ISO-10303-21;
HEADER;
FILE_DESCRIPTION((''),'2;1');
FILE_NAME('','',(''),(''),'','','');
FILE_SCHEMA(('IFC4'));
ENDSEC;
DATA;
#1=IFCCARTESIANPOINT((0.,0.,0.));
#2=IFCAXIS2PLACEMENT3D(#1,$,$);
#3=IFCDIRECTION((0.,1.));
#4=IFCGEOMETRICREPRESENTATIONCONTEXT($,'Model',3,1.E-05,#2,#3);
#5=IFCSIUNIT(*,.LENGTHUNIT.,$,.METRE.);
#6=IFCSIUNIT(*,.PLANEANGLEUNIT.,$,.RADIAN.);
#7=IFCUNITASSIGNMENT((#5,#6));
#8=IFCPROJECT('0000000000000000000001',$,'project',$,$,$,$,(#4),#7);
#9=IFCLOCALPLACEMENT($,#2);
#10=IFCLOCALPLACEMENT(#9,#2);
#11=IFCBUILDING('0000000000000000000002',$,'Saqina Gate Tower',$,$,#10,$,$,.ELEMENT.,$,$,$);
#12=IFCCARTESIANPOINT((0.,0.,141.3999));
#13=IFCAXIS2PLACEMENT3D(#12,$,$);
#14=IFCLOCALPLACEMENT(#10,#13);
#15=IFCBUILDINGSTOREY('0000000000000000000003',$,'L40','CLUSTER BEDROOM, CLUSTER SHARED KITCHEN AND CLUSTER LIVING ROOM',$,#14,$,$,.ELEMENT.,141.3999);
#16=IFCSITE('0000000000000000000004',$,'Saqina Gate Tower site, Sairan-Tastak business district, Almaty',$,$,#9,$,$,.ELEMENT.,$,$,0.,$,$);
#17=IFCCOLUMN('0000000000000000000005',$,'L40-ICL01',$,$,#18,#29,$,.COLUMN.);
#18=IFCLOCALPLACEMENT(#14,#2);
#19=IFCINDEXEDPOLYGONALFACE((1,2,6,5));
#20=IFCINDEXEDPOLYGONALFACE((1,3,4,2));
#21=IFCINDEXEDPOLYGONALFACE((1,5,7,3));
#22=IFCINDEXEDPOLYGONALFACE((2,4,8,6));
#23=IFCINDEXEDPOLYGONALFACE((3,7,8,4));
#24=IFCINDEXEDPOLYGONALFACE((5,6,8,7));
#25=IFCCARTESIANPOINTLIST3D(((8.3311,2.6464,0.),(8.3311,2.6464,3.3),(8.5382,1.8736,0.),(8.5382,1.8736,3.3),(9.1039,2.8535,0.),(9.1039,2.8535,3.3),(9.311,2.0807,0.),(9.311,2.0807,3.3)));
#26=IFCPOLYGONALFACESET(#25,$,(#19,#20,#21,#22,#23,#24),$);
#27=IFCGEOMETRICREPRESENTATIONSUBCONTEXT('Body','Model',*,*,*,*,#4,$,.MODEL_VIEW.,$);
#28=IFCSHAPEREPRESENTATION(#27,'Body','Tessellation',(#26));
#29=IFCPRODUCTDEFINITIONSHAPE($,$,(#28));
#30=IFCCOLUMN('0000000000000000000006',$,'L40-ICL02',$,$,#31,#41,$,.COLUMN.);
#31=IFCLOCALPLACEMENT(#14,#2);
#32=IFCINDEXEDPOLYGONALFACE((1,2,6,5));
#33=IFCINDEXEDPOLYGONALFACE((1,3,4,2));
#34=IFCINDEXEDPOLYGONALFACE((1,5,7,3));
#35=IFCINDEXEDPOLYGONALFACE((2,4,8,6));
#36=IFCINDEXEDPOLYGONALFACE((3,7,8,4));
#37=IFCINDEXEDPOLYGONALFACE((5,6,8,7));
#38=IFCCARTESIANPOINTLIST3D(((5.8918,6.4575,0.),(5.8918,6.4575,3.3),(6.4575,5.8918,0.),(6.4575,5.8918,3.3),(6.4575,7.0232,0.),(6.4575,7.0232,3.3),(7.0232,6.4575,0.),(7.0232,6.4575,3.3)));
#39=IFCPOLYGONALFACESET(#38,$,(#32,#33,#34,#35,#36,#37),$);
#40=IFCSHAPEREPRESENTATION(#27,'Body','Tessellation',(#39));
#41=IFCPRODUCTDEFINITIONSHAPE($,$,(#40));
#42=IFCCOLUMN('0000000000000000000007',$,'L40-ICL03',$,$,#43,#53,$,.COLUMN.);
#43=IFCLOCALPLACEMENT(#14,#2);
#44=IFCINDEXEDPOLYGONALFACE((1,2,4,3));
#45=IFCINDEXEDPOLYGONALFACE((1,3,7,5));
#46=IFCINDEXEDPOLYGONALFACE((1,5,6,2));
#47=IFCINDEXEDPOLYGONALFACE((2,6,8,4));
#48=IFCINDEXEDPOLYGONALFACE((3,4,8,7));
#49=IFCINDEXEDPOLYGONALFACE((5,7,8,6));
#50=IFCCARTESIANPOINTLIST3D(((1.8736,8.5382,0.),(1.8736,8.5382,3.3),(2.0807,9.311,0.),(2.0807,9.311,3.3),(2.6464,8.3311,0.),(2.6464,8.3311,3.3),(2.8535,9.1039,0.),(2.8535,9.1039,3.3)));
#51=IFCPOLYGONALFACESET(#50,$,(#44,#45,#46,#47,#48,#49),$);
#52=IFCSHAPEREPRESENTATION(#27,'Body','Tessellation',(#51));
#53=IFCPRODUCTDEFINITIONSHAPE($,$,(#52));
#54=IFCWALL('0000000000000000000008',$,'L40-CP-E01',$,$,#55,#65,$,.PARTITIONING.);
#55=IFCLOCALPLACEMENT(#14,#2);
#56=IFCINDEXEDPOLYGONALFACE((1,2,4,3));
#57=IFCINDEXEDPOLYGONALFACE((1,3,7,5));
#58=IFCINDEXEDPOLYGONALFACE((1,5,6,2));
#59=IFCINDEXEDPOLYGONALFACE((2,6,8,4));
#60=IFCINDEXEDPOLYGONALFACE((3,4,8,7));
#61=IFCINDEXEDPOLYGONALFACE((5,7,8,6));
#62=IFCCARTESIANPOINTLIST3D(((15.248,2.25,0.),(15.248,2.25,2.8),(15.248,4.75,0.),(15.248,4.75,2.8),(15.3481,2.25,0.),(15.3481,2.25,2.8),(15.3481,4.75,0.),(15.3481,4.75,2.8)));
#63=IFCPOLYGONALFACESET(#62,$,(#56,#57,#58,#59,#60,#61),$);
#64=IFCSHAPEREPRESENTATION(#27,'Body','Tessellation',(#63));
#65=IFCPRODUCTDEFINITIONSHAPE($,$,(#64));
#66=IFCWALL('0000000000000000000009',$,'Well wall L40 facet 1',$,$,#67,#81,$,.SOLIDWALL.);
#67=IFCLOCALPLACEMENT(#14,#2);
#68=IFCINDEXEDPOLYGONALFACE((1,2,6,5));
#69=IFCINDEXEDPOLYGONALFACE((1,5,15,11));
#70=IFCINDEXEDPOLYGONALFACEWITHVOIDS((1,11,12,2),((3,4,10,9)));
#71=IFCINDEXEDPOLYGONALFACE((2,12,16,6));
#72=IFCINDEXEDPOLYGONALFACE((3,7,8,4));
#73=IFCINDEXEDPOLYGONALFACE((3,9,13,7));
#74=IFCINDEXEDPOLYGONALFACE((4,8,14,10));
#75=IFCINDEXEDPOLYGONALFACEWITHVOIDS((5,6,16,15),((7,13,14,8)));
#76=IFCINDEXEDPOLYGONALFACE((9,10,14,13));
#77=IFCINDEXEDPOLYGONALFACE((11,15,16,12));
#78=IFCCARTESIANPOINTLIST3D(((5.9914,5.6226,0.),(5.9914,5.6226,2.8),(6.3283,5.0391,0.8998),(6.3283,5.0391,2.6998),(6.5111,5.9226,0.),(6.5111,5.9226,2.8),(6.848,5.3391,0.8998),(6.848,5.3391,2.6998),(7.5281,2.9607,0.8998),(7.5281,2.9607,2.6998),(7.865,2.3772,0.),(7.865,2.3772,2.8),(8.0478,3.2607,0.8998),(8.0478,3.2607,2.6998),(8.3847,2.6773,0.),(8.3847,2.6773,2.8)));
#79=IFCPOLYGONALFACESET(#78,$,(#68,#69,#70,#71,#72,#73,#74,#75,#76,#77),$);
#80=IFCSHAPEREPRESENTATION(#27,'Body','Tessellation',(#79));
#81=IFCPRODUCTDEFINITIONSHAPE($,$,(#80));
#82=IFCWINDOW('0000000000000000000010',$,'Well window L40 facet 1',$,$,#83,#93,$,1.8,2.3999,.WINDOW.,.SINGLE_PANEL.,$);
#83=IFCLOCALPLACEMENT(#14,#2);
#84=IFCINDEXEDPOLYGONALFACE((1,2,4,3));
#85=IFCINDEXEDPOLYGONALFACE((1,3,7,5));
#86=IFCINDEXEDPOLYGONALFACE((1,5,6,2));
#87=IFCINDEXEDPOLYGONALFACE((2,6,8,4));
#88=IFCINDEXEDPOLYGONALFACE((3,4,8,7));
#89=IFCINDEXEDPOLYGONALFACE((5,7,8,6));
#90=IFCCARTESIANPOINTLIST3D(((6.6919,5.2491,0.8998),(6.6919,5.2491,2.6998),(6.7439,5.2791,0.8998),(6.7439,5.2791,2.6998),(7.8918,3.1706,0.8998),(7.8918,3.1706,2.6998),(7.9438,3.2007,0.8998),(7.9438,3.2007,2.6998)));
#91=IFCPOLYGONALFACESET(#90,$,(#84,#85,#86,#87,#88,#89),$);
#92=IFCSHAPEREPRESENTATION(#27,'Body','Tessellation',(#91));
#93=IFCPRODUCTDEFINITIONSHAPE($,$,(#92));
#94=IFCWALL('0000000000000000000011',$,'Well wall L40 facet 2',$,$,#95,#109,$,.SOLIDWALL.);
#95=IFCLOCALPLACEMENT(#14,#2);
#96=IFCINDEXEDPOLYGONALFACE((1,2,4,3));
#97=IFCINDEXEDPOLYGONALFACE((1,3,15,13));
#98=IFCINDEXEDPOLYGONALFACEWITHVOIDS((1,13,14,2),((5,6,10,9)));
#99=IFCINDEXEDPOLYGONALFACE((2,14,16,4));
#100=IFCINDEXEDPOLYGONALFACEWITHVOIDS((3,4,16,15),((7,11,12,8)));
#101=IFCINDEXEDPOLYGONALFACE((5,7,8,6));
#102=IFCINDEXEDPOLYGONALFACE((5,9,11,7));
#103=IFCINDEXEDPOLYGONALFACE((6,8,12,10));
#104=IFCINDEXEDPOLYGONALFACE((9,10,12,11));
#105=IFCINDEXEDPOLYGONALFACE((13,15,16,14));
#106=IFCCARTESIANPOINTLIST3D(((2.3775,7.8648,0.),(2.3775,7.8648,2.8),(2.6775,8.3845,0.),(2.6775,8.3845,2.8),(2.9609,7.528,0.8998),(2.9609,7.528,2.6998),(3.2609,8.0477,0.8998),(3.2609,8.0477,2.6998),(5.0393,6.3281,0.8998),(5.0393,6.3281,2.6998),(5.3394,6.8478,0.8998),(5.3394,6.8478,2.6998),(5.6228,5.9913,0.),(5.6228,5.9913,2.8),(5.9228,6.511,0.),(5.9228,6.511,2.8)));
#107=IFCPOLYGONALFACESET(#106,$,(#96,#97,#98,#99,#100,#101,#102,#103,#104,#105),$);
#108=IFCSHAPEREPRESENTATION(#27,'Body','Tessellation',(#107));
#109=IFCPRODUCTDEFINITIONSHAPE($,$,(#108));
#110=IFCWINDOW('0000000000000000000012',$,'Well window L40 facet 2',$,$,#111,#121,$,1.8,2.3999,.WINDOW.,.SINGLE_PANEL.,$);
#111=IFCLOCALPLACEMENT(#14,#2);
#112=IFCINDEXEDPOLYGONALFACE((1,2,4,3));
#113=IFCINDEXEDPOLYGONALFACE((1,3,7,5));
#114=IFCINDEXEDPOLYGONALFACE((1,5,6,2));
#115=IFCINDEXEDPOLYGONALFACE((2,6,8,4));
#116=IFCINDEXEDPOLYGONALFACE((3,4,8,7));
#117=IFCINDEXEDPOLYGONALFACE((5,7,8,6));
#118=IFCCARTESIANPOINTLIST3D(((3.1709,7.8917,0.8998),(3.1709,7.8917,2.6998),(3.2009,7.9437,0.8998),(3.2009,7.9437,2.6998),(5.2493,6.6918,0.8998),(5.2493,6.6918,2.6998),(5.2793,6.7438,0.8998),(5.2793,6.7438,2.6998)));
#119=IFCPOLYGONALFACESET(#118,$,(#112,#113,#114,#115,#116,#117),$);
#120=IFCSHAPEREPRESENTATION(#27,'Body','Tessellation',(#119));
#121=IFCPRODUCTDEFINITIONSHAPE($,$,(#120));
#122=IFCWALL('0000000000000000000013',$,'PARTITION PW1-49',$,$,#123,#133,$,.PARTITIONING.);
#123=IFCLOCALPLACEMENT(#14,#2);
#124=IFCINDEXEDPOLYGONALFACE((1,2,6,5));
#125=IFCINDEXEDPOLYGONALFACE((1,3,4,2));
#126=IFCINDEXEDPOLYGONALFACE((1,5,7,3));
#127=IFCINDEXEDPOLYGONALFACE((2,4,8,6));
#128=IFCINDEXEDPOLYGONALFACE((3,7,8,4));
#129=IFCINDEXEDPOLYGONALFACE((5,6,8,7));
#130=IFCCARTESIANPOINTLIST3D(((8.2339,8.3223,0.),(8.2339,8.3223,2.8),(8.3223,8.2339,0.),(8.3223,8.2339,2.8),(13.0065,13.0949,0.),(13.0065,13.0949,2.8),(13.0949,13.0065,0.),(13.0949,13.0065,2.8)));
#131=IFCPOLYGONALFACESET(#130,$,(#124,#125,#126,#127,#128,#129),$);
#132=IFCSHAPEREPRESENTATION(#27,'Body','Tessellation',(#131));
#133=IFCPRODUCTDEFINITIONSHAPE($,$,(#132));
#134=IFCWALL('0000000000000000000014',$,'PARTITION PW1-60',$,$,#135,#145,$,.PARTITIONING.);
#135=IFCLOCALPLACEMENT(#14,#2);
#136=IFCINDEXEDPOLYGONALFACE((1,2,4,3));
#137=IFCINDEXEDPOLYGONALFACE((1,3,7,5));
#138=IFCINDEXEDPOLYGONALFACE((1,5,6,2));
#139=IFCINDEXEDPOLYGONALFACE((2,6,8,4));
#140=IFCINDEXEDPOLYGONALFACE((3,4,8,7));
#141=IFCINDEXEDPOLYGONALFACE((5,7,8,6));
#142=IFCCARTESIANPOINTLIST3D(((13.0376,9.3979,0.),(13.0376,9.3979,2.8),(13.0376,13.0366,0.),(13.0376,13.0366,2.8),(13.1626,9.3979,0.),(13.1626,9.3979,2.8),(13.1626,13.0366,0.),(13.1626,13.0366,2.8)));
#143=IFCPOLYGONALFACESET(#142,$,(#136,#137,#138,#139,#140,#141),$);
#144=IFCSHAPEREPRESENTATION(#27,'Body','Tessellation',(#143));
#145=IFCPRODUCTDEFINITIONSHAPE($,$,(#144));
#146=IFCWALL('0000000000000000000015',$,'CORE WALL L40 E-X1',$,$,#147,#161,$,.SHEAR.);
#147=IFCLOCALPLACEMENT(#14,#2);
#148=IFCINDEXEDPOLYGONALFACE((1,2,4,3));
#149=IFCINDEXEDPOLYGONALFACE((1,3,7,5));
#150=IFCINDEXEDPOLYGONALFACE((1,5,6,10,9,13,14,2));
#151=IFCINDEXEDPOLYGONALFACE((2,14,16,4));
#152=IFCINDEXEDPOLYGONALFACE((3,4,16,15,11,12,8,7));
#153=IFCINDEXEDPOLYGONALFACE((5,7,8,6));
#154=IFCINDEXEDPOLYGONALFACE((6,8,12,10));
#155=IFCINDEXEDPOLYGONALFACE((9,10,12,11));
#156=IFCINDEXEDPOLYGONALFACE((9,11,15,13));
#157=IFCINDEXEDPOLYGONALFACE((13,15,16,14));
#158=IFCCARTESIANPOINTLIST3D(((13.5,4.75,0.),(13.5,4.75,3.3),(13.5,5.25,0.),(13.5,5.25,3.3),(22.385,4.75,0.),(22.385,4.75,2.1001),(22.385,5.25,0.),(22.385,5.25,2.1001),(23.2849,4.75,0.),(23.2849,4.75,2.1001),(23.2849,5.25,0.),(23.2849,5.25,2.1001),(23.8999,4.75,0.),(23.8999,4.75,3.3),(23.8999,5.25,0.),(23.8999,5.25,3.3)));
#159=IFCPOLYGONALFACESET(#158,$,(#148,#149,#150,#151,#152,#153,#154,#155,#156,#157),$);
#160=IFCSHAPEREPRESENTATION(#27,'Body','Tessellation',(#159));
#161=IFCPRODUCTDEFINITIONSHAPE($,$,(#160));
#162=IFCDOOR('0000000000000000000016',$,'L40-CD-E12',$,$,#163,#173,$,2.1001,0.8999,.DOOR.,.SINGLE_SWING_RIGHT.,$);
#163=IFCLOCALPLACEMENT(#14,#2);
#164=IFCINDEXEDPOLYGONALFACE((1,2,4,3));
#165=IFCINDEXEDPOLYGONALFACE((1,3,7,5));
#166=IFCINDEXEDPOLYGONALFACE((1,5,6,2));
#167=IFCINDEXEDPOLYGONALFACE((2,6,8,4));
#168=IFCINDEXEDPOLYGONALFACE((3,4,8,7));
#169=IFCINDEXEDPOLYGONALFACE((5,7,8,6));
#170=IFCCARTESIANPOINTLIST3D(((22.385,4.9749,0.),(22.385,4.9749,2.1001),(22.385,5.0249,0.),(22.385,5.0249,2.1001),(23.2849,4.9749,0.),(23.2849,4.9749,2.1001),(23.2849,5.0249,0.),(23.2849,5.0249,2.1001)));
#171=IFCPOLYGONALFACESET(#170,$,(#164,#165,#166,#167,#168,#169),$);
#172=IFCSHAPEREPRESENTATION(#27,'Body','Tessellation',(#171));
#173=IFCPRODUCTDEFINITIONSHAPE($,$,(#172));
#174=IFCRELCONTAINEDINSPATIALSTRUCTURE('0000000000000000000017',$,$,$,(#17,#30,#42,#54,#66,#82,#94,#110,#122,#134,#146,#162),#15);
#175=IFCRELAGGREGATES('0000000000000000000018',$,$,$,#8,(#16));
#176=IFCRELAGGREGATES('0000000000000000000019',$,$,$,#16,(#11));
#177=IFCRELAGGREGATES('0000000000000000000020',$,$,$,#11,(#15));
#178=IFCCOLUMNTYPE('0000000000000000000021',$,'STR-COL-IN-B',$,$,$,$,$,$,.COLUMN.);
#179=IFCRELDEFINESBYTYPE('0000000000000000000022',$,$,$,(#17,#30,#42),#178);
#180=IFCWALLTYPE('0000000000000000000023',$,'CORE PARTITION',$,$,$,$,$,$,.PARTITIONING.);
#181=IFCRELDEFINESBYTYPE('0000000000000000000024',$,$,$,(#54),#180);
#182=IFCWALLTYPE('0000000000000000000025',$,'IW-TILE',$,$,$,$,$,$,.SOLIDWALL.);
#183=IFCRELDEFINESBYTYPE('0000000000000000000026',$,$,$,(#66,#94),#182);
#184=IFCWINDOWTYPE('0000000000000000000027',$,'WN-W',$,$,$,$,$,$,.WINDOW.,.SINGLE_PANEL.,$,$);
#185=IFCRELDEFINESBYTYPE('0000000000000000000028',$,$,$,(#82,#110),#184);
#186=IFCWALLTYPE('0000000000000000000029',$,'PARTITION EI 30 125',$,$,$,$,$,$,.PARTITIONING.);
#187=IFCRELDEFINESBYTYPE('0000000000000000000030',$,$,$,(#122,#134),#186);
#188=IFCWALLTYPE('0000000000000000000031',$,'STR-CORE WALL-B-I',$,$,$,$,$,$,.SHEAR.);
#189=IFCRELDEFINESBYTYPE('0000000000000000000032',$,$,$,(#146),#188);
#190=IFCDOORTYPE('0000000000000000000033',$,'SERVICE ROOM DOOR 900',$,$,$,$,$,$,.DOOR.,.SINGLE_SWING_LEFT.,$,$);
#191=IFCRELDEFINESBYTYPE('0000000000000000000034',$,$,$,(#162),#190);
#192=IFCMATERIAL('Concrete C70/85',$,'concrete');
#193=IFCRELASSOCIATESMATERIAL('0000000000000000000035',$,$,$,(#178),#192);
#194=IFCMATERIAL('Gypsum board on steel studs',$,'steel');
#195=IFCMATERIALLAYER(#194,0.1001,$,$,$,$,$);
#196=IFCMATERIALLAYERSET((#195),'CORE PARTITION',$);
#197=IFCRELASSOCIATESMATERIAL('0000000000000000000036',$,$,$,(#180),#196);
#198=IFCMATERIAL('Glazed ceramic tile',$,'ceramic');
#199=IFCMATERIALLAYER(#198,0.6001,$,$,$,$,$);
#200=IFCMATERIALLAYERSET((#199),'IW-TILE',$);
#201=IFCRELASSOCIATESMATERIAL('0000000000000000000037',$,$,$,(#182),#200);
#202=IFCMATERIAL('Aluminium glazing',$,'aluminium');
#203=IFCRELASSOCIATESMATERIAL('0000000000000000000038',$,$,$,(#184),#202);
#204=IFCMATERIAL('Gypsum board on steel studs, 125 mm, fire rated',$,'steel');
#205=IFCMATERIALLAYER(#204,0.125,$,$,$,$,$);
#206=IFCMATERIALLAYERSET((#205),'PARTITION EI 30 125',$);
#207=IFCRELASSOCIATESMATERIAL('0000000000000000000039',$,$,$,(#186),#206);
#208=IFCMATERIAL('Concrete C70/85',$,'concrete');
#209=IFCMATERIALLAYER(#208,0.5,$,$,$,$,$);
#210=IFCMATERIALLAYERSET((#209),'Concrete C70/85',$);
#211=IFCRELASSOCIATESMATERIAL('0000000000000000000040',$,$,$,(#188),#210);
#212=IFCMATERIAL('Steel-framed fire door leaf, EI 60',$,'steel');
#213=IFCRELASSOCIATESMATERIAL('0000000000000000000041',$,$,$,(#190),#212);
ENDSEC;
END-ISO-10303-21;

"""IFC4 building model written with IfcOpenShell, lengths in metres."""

from ifc_helpers import new_model, si_unit, direction, frame, frame_2d, origin, origin_2d, place, context, subcontext, project, spatial, rectangle, extrude, material, layer, layer_set, material_profile, profile_set, type_object, element, fill, save


model = new_model("IFC4")

# Units and contexts
model_context = context("Model", 3, precision=1e-05, world=origin(), true_north=direction((0.0, 1.0)))
body_context = subcontext(model_context, "Body", "Model", "MODEL_VIEW")
ifc_project = project(units=[si_unit("LENGTHUNIT", "METRE"), si_unit("PLANEANGLEUNIT", "RADIAN")], contexts=[model_context])

# Site, building, storey
site_placement = place(None, origin())
site = spatial("IfcSite", under=ifc_project, at=site_placement, Name="Saqina Gate Tower site, Sairan-Tastak business district, Almaty", CompositionType="ELEMENT", RefElevation=0.0)
building_placement = place(site_placement, origin())
building = spatial("IfcBuilding", under=site, at=building_placement, Name="Saqina Gate Tower", CompositionType="ELEMENT")
storey_placement = place(building_placement, frame((0.0, 0.0, 141.3999)))
storey = spatial("IfcBuildingStorey", under=building, at=storey_placement, Name="L40", Description="CLUSTER BEDROOM, CLUSTER SHARED KITCHEN AND CLUSTER LIVING ROOM", CompositionType="ELEMENT", Elevation=141.3999)

# Columns
ifc_material_1 = material(Name="Concrete C70/85", Category="concrete")
ifc_material_profile = material_profile(ifc_material_1, rectangle(XDim=0.8, YDim=0.8, at=origin_2d()), Name="RC 800x800")
ifc_profile_set = profile_set([ifc_material_profile], Name="Concrete C70/85")
column_type = type_object("IfcColumnType", Name="STR-COL-IN-B", PredefinedType="COLUMN", material=ifc_profile_set)
for number, where, z_axis, x_axis, name in (
    (1, (8.821, 2.3635, 0.0), (0.0, 0.0, 1.0), (0.965926, 0.258819, 0.0), "L40-ICL01"),
    (2, (6.4575, 6.4575, 0.0), (0.0, 0.0, 1.0), (0.707107, 0.707107, 0.0), "L40-ICL02"),
    (3, (2.3635, 8.821, 0.0), (0.0, 0.0, 1.0), (0.258819, 0.965926, 0.0), "L40-ICL03"),
):
    element("IfcColumn", number, at=place(storey_placement, frame(where, z_axis=z_axis, x_axis=x_axis)), inside=storey, type_object=column_type, Name=name, PredefinedType="COLUMN", context=body_context, shape_type="SweptSolid", body=[
        extrude(rectangle(XDim=0.8, YDim=0.8, at=origin_2d()), origin(), (0.0, 0.0, 1.0), 3.3),
    ])

# Wall
ifc_material_2 = material(Name="Gypsum board on steel studs", Category="steel")
ifc_layer_1 = layer(ifc_material_2, 0.1001)
ifc_layer_set_1 = layer_set([ifc_layer_1], Name="CORE PARTITION")
wall_type_1 = type_object("IfcWallType", Name="CORE PARTITION", PredefinedType="PARTITIONING", material=ifc_layer_set_1)
wall_1_placement = place(storey_placement, frame((15.2981, 2.25, 0.0), z_axis=(0.0, 0.0, 1.0), x_axis=(0.0, 1.0, 0.0)))
element("IfcWall", 4, at=wall_1_placement, inside=storey, type_object=wall_type_1, Name="L40-CP-E01", PredefinedType="PARTITIONING", context=body_context, shape_type="SweptSolid", body=[
    extrude(rectangle(XDim=2.5, YDim=0.1001, at=frame_2d((1.25, 0.0))), origin(), (0.0, 0.0, 1.0), 2.8),
])

# Walls, openings, windows
ifc_material_3 = material(Name="Glazed ceramic tile", Category="ceramic")
ifc_layer_2 = layer(ifc_material_3, 0.6001)
ifc_layer_set_2 = layer_set([ifc_layer_2], Name="IW-TILE")
wall_type_2 = type_object("IfcWallType", Name="IW-TILE", PredefinedType="SOLIDWALL", material=ifc_layer_set_2)
wall_2_placement = place(storey_placement, frame((8.1248, 2.5273, 0.0), z_axis=(0.0, 0.0, 1.0), x_axis=(-0.499965, 0.866046, 0.0)))
wall_2 = element("IfcWall", 5, at=wall_2_placement, inside=storey, type_object=wall_type_2, Name="Well wall L40 facet 1", PredefinedType="SOLIDWALL", context=body_context, shape_type="SweptSolid", body=[
    extrude(rectangle(XDim=3.7473, YDim=0.6001, at=frame_2d((1.8735, 0.0))), origin(), (0.0, 0.0, 1.0), 2.8),
])
opening_1_placement = place(wall_2_placement, frame((0.6736, 0.0, 0.8999)))
opening_1 = element("IfcOpeningElement", 6, at=opening_1_placement, cuts=wall_2, PredefinedType="OPENING", context=body_context, shape_type="SweptSolid", body=[
    extrude(rectangle(XDim=2.3999, YDim=1.8, at=frame_2d((1.2, 0.8999))), frame((0.0, 0.312, 0.0), z_axis=(0.0, -1.0, 0.0), x_axis=(1.0, 0.0, 0.0)), (0.0, 0.0, 1.0), 0.624),
])
ifc_material_4 = material(Name="Aluminium glazing", Category="aluminium")
window_type = type_object("IfcWindowType", Name="WN-W", PartitioningType="SINGLE_PANEL", PredefinedType="WINDOW", material=ifc_material_4)
window_1_placement = place(opening_1_placement, origin())
window_1 = element("IfcWindow", 7, at=window_1_placement, inside=storey, type_object=window_type, Name="Well window L40 facet 1", OverallHeight=1.8, OverallWidth=2.3999, PartitioningType="SINGLE_PANEL", PredefinedType="WINDOW", context=body_context, shape_type="SweptSolid", body=[
    extrude(rectangle(XDim=2.3999, YDim=1.8, at=frame_2d((1.2, 0.8999))), frame((0.0, -0.1199, 0.0), z_axis=(0.0, -1.0, 0.0), x_axis=(1.0, 0.0, 0.0)), (0.0, 0.0, 1.0), 0.0601),
])
fill(opening_1, window_1)
wall_3_placement = place(storey_placement, frame((5.7727, 6.2512, 0.0), z_axis=(0.0, 0.0, 1.0), x_axis=(-0.866046, 0.499965, 0.0)))
wall_3 = element("IfcWall", 8, at=wall_3_placement, inside=storey, type_object=wall_type_2, Name="Well wall L40 facet 2", PredefinedType="SOLIDWALL", context=body_context, shape_type="SweptSolid", body=[
    extrude(rectangle(XDim=3.7473, YDim=0.6001, at=frame_2d((1.8735, 0.0))), origin(), (0.0, 0.0, 1.0), 2.8),
])
opening_2_placement = place(wall_3_placement, frame((0.6736, 0.0, 0.8999)))
opening_2 = element("IfcOpeningElement", 9, at=opening_2_placement, cuts=wall_3, PredefinedType="OPENING", context=body_context, shape_type="SweptSolid", body=[
    extrude(rectangle(XDim=2.3999, YDim=1.8, at=frame_2d((1.2, 0.8999))), frame((0.0, 0.312, 0.0), z_axis=(0.0, -1.0, 0.0), x_axis=(1.0, 0.0, 0.0)), (0.0, 0.0, 1.0), 0.624),
])
window_2_placement = place(opening_2_placement, origin())
window_2 = element("IfcWindow", 10, at=window_2_placement, inside=storey, type_object=window_type, Name="Well window L40 facet 2", OverallHeight=1.8, OverallWidth=2.3999, PartitioningType="SINGLE_PANEL", PredefinedType="WINDOW", context=body_context, shape_type="SweptSolid", body=[
    extrude(rectangle(XDim=2.3999, YDim=1.8, at=frame_2d((1.2, 0.8999))), frame((0.0, -0.1199, 0.0), z_axis=(0.0, -1.0, 0.0), x_axis=(1.0, 0.0, 0.0)), (0.0, 0.0, 1.0), 0.0601),
])
fill(opening_2, window_2)

# Walls
ifc_material_5 = material(Name="Gypsum board on steel studs, 125 mm, fire rated", Category="steel")
ifc_layer_3 = layer(ifc_material_5, 0.125)
ifc_layer_set_3 = layer_set([ifc_layer_3], Name="PARTITION EI 30 125")
wall_type_3 = type_object("IfcWallType", Name="PARTITION EI 30 125", PredefinedType="PARTITIONING", material=ifc_layer_set_3)
wall_4_placement = place(storey_placement, frame((8.2781, 8.2781, 0.0), z_axis=(0.0, 0.0, 1.0), x_axis=(0.707107, 0.707107, 0.0)))
element("IfcWall", 11, at=wall_4_placement, inside=storey, type_object=wall_type_3, Name="PARTITION PW1-49", PredefinedType="PARTITIONING", context=body_context, shape_type="SweptSolid", body=[
    extrude(rectangle(XDim=6.7495, YDim=0.125, at=frame_2d((3.3748, 0.0))), origin(), (0.0, 0.0, 1.0), 2.8),
])
wall_5_placement = place(storey_placement, frame((13.1001, 9.3979, 0.0), z_axis=(0.0, 0.0, 1.0), x_axis=(0.0, 1.0, 0.0)))
element("IfcWall", 12, at=wall_5_placement, inside=storey, type_object=wall_type_3, Name="PARTITION PW1-60", PredefinedType="PARTITIONING", context=body_context, shape_type="SweptSolid", body=[
    extrude(rectangle(XDim=3.6387, YDim=0.125, at=frame_2d((1.8193, 0.0))), origin(), (0.0, 0.0, 1.0), 2.8),
])

# Wall, opening, door
ifc_material_6 = material(Name="Concrete C70/85", Category="concrete")
ifc_layer_4 = layer(ifc_material_6, 0.5)
ifc_layer_set_4 = layer_set([ifc_layer_4], Name="Concrete C70/85")
wall_type_4 = type_object("IfcWallType", Name="STR-CORE WALL-B-I", PredefinedType="SHEAR", material=ifc_layer_set_4)
wall_6_placement = place(storey_placement, frame((13.5, 5.0, 0.0), z_axis=(0.0, 0.0, 1.0), x_axis=(1.0, 0.0, 0.0)))
wall_6 = element("IfcWall", 13, at=wall_6_placement, inside=storey, type_object=wall_type_4, Name="CORE WALL L40 E-X1", PredefinedType="SHEAR", context=body_context, shape_type="SweptSolid", body=[
    extrude(rectangle(XDim=10.3999, YDim=0.5, at=frame_2d((5.2, 0.0))), origin(), (0.0, 0.0, 1.0), 3.3),
])
opening_3_placement = place(wall_6_placement, frame((8.885, 0.0, 0.0)))
opening_3 = element("IfcOpeningElement", 14, at=opening_3_placement, cuts=wall_6, PredefinedType="OPENING", context=body_context, shape_type="SweptSolid", body=[
    extrude(rectangle(XDim=0.8999, YDim=2.1001, at=frame_2d((0.45, 1.05))), frame((0.0, 0.262, 0.0), z_axis=(0.0, -1.0, 0.0), x_axis=(1.0, 0.0, 0.0)), (0.0, 0.0, 1.0), 0.5239),
])
ifc_material_7 = material(Name="Steel-framed fire door leaf, EI 60", Category="steel")
door_type_1 = type_object("IfcDoorType", Name="SERVICE ROOM DOOR 900", OperationType="SINGLE_SWING_LEFT", PredefinedType="DOOR", material=ifc_material_7)
door_1_placement = place(opening_3_placement, origin())
door_1 = element("IfcDoor", 15, at=door_1_placement, inside=storey, type_object=door_type_1, Name="L40-CD-E12", OperationType="SINGLE_SWING_RIGHT", OverallHeight=2.1001, OverallWidth=0.8999, PredefinedType="DOOR", context=body_context, shape_type="SweptSolid", body=[
    extrude(rectangle(XDim=0.8999, YDim=2.1001, at=frame_2d((0.45, 1.05))), frame((0.0, 0.0249, 0.0), z_axis=(0.0, -1.0, 0.0), x_axis=(1.0, 0.0, 0.0)), (0.0, 0.0, 1.0), 0.05),
])
fill(opening_3, door_1)

save(model, "model.ifc")
